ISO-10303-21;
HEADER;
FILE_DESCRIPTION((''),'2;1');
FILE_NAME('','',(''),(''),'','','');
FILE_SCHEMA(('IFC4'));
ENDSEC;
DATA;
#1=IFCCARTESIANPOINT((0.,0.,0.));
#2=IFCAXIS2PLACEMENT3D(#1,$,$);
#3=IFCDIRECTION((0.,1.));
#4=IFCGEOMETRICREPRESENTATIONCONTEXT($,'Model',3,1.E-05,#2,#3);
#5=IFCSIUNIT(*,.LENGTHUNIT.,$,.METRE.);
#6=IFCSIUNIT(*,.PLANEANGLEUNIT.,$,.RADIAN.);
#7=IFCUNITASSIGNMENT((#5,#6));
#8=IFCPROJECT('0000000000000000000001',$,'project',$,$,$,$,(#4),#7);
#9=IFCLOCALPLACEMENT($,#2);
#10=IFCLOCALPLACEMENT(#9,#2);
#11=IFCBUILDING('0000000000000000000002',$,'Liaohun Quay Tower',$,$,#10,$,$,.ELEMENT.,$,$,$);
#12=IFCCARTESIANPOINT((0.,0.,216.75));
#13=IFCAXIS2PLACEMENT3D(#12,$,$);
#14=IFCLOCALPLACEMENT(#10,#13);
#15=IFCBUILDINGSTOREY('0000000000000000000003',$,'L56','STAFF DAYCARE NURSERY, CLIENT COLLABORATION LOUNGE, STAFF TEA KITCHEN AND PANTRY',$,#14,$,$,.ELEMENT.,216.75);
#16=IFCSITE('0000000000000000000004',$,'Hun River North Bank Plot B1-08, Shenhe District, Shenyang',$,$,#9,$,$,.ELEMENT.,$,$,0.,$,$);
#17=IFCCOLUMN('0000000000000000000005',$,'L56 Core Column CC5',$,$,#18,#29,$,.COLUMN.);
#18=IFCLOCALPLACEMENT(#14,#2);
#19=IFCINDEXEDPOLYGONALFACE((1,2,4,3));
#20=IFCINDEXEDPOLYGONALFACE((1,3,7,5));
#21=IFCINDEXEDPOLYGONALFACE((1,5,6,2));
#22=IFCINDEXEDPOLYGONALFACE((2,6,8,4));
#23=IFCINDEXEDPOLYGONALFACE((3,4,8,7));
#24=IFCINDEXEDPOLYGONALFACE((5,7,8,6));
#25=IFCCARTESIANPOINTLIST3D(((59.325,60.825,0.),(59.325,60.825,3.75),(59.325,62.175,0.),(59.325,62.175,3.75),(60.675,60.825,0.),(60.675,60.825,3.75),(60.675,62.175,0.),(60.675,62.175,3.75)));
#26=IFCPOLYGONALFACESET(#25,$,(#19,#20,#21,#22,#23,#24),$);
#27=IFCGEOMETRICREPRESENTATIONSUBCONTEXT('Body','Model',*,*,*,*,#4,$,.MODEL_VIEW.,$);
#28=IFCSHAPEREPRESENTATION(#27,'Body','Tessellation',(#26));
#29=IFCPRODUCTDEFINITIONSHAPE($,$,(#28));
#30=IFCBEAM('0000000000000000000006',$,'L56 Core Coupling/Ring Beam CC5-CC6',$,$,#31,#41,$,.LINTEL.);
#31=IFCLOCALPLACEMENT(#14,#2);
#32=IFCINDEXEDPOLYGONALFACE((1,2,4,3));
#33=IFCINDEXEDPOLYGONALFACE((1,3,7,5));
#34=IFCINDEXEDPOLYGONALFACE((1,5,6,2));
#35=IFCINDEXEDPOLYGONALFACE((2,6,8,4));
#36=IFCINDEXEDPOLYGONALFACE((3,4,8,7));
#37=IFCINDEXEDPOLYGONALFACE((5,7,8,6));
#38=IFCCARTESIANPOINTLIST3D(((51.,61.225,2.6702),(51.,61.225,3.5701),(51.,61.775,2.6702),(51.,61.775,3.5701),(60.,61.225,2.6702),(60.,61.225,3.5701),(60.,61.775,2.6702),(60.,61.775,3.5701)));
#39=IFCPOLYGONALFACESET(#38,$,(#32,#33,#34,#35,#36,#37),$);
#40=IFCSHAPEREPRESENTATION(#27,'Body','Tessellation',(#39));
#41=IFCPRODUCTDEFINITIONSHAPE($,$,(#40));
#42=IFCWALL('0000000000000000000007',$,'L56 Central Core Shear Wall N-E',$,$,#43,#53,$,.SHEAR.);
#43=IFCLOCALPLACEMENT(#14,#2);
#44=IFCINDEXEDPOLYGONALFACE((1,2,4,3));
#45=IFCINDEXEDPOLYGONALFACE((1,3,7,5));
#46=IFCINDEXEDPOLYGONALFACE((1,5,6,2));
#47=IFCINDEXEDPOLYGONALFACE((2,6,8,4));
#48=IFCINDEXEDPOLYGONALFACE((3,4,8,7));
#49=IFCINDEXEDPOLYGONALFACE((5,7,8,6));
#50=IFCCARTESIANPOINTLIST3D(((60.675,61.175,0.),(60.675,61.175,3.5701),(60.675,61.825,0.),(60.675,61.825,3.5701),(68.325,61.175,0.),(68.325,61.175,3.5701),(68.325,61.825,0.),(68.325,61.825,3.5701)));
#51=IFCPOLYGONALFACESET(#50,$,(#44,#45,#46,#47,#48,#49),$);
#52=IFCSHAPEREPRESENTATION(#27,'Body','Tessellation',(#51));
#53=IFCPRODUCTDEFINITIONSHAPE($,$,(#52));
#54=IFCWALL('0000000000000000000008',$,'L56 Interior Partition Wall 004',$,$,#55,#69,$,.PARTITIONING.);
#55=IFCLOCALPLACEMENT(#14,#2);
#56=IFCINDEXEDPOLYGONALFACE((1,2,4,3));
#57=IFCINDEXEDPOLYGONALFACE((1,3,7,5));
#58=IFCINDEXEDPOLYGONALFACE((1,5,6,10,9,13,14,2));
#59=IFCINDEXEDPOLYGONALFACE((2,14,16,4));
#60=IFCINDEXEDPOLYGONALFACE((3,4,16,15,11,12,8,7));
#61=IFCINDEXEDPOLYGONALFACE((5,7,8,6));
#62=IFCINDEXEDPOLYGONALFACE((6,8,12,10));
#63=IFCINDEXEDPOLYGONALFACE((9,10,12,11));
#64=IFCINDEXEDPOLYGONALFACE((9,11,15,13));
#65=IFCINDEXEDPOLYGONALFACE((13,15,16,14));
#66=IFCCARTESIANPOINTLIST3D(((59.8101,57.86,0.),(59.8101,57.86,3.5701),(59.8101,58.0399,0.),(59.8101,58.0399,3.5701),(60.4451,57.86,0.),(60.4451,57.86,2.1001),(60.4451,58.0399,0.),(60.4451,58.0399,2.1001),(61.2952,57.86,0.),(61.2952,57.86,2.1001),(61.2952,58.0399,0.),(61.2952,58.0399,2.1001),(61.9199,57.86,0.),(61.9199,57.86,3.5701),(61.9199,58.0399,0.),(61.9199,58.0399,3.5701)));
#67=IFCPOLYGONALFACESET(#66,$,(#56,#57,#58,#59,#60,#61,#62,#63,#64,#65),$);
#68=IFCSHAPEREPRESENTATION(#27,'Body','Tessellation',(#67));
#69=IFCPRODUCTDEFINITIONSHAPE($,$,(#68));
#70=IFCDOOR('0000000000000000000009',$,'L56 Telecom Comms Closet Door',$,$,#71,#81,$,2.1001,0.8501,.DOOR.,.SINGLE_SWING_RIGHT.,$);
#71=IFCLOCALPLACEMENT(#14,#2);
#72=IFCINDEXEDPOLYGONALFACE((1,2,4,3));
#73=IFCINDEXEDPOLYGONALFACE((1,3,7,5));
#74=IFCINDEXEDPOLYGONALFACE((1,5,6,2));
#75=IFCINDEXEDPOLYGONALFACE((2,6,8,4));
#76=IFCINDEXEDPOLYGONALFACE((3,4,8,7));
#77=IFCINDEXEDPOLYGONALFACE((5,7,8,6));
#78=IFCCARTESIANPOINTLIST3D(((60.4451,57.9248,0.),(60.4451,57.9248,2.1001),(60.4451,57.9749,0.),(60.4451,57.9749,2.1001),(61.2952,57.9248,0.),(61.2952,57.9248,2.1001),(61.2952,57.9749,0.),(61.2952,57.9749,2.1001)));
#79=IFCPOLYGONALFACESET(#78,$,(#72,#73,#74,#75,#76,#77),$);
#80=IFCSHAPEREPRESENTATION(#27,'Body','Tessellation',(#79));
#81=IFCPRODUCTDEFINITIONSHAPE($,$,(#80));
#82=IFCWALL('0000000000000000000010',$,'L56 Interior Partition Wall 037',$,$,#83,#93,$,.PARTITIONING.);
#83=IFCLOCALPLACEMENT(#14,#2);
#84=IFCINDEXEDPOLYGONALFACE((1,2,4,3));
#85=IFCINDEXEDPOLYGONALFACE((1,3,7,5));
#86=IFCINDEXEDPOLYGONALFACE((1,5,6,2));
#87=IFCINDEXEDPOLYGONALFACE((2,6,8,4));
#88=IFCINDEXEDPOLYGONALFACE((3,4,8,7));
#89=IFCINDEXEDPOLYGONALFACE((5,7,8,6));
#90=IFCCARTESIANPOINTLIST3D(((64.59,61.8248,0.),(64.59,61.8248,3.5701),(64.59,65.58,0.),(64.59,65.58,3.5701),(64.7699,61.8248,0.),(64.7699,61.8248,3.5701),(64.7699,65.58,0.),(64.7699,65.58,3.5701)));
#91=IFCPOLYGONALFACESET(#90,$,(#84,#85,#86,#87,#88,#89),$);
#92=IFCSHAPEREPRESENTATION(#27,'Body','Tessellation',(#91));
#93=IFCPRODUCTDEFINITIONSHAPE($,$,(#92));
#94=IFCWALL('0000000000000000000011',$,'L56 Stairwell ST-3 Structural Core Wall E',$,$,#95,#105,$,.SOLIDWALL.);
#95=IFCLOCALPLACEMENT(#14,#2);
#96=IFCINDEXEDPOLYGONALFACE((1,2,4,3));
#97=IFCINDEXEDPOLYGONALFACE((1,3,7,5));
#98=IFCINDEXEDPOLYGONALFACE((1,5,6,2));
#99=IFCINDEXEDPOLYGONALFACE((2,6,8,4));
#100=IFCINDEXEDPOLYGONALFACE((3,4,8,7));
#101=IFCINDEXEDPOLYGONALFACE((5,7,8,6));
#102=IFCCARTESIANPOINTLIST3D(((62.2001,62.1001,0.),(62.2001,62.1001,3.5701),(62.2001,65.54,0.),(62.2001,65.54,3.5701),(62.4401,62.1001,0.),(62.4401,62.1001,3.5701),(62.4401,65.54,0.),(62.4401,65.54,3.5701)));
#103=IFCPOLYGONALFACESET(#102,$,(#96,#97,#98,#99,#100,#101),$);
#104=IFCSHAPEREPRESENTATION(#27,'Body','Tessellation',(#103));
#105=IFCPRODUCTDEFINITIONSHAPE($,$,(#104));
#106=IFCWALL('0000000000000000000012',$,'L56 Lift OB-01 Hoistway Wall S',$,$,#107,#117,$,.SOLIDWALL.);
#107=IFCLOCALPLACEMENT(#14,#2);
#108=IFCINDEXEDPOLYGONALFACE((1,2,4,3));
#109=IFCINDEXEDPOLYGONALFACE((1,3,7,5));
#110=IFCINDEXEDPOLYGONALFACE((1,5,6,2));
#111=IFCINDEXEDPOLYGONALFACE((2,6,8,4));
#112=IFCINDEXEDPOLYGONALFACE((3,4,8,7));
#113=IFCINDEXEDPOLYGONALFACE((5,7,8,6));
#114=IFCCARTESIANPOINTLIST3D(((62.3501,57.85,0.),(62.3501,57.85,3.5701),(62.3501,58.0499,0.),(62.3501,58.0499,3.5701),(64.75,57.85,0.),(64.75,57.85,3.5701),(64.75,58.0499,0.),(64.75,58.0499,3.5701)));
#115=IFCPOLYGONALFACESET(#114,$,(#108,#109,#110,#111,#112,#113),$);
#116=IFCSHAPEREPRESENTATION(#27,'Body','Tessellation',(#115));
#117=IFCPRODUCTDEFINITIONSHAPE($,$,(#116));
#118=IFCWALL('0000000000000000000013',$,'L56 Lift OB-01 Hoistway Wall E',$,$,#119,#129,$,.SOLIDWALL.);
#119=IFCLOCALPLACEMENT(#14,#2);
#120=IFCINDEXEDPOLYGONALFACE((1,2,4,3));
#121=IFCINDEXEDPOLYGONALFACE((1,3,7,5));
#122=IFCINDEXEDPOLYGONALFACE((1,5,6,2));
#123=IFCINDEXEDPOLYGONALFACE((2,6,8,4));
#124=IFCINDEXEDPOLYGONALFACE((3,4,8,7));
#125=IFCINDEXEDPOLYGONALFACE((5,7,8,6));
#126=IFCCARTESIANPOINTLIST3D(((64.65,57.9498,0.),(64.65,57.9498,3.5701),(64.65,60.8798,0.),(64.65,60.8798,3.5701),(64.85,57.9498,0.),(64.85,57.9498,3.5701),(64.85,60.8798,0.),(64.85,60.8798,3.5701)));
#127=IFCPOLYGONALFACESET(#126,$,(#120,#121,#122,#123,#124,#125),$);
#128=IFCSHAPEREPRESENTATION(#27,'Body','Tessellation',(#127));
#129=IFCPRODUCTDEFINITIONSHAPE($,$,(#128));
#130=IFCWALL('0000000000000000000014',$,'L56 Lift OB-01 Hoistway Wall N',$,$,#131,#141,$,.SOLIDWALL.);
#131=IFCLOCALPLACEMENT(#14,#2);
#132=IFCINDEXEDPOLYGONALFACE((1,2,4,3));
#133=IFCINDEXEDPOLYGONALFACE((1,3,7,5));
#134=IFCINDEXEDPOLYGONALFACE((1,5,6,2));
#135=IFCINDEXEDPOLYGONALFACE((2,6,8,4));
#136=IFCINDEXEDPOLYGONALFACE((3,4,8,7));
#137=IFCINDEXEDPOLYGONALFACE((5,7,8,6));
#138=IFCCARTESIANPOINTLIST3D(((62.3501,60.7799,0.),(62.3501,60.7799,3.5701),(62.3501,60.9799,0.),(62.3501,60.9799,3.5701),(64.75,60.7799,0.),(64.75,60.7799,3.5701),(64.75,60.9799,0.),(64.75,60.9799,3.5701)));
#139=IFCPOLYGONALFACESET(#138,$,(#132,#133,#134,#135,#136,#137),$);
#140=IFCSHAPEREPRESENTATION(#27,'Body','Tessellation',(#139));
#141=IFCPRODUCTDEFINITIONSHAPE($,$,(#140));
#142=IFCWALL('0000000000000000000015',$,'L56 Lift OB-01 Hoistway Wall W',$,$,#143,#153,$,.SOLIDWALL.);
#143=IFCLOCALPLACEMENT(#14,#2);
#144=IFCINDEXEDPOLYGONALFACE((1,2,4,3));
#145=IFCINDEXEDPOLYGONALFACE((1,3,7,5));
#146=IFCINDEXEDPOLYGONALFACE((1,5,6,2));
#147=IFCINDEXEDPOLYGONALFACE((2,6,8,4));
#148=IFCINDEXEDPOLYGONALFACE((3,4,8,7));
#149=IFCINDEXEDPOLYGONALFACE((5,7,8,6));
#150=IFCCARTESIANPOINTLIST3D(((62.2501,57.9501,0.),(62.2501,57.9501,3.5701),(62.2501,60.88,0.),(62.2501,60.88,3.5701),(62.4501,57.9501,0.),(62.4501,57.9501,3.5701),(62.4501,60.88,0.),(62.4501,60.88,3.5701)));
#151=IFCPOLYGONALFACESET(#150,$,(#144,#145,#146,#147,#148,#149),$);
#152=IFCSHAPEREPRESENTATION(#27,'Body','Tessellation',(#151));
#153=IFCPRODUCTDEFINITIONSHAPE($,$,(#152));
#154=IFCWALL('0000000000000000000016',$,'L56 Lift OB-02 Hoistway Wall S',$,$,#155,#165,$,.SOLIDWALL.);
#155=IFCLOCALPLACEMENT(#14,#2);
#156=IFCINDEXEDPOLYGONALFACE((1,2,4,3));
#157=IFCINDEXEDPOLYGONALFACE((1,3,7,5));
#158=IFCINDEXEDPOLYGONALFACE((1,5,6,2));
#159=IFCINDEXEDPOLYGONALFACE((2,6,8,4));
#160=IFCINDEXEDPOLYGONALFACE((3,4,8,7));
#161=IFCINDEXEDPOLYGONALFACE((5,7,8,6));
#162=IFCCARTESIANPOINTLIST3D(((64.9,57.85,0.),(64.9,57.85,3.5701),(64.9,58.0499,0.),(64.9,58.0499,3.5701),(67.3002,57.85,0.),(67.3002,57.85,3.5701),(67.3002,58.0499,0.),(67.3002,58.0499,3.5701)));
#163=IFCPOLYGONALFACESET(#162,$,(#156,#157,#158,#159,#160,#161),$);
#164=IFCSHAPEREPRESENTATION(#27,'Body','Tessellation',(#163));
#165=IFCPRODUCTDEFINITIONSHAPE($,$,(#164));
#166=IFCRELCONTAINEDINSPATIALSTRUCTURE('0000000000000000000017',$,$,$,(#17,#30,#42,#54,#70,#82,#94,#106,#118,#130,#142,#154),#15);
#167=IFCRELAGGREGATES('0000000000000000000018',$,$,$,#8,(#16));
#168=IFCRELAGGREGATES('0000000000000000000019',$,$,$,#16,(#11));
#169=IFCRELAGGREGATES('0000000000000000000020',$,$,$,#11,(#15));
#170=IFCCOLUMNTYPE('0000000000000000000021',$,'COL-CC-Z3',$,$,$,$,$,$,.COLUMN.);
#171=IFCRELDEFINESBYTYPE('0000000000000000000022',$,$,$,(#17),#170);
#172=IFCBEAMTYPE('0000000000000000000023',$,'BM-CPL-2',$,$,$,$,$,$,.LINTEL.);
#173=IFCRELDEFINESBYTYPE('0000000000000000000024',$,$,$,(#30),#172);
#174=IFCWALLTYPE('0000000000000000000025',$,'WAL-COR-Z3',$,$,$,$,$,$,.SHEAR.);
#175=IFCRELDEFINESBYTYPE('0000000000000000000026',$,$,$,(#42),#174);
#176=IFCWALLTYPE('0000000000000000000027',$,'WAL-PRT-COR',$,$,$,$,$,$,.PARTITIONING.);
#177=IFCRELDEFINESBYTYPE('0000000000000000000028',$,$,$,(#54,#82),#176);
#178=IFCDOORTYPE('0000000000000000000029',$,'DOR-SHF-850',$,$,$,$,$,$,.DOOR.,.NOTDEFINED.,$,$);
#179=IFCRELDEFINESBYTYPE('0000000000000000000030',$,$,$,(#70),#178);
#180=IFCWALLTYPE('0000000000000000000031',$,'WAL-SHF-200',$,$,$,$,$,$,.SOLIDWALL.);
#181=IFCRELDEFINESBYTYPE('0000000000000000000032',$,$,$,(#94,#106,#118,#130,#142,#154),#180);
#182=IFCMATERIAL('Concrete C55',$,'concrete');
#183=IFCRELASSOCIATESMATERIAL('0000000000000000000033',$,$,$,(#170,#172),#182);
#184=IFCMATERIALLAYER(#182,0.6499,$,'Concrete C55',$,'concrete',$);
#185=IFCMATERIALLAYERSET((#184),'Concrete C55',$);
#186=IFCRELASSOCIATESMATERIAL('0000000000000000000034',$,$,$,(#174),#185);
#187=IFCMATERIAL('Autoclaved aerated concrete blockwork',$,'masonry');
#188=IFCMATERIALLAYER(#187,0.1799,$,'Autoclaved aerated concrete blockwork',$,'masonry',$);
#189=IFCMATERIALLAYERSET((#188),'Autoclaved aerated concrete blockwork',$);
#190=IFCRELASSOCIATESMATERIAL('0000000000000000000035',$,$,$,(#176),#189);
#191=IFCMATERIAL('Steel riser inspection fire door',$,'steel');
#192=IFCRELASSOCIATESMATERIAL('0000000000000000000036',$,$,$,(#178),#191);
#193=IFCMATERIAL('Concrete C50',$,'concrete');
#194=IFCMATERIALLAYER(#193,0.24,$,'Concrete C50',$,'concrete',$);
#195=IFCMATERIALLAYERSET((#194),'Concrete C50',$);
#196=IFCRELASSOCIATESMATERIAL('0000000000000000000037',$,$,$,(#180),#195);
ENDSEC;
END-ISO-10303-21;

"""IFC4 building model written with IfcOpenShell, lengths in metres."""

from ifc_helpers import new_model, si_unit, direction, frame, frame_2d, origin, origin_2d, place, context, subcontext, project, spatial, rectangle, extrude, source, transform, mapped, material, layer, layer_set, material_profile, profile_set, type_object, element, fill, save


model = new_model("IFC4")

# Units and contexts
model_context = context("Model", 3, precision=1e-05, world=origin(), true_north=direction((0.0, 1.0)))
body_context = subcontext(model_context, "Body", "Model", "MODEL_VIEW")
ifc_project = project(units=[si_unit("LENGTHUNIT", "METRE"), si_unit("PLANEANGLEUNIT", "RADIAN")], contexts=[model_context])

# Site, building, storey
site_placement = place(None, origin())
site = spatial("IfcSite", under=ifc_project, at=site_placement, Name="Hun River North Bank Plot B1-08, Shenhe District, Shenyang", CompositionType="ELEMENT", RefElevation=0.0)
building_placement = place(site_placement, origin())
building = spatial("IfcBuilding", under=site, at=building_placement, Name="Liaohun Quay Tower", CompositionType="ELEMENT")
storey_placement = place(building_placement, frame((0.0, 0.0, 216.75)))
storey = spatial("IfcBuildingStorey", under=building, at=storey_placement, Name="L56", Description="STAFF DAYCARE NURSERY, CLIENT COLLABORATION LOUNGE, STAFF TEA KITCHEN AND PANTRY", CompositionType="ELEMENT", Elevation=216.75)

# Column
ifc_material_1 = material(Name="Concrete C55", Category="concrete")
ifc_material_profile_1 = material_profile(ifc_material_1, rectangle(XDim=1.3501, YDim=1.3501, at=origin_2d()), Name="RC1350x1350")
ifc_profile_set_1 = profile_set([ifc_material_profile_1], Name="Concrete C55")
column_type = type_object("IfcColumnType", Name="COL-CC-Z3", PredefinedType="COLUMN", material=ifc_profile_set_1)
shared_shape_1 = source(origin(), body_context, "Body", "SweptSolid", [
    extrude(rectangle(XDim=1.3501, YDim=1.3501, at=origin_2d()), origin(), (0.0, 0.0, 1.0), 3.75),
])
column_placement = place(storey_placement, frame((60.0, 61.5, 0.0), z_axis=(0.0, 0.0, 1.0), x_axis=(1.0, 0.0, 0.0)))
element("IfcColumn", 1, at=column_placement, inside=storey, type_object=column_type, Name="L56 Core Column CC5", PredefinedType="COLUMN", context=body_context, shape_type="MappedRepresentation", body=[
    mapped(shared_shape_1, transform((0.0, 0.0, 0.0), x_axis=(1.0, 0.0, 0.0), y_axis=(0.0, 1.0, 0.0), z_axis=(0.0, 0.0, 1.0), scale=1.0)),
])

# Beam
ifc_material_profile_2 = material_profile(ifc_material_1, rectangle(XDim=0.55, YDim=0.8999, at=origin_2d()), Name="RC550x900")
ifc_profile_set_2 = profile_set([ifc_material_profile_2], Name="Concrete C55")
beam_type = type_object("IfcBeamType", Name="BM-CPL-2", PredefinedType="LINTEL", material=ifc_profile_set_2)
shared_shape_2 = source(origin(), body_context, "Body", "SweptSolid", [
    extrude(rectangle(XDim=0.55, YDim=0.8999, at=origin_2d()), origin(), (0.0, 0.0, 1.0), 9.0),
])
beam_placement = place(storey_placement, frame((60.0, 61.5, 3.1201), z_axis=(-1.0, 0.0, 0.0), x_axis=(0.0, -1.0, 0.0)))
element("IfcBeam", 2, at=beam_placement, inside=storey, type_object=beam_type, Name="L56 Core Coupling/Ring Beam CC5-CC6", PredefinedType="LINTEL", context=body_context, shape_type="MappedRepresentation", body=[
    mapped(shared_shape_2, transform((0.0, 0.0, 0.0), x_axis=(1.0, 0.0, 0.0), y_axis=(0.0, 1.0, 0.0), z_axis=(0.0, 0.0, 1.0), scale=1.0)),
])

# Wall
ifc_layer_1 = layer(ifc_material_1, 0.6499, Name="Concrete C55", Category="concrete")
ifc_layer_set_1 = layer_set([ifc_layer_1], Name="Concrete C55")
wall_type_1 = type_object("IfcWallType", Name="WAL-COR-Z3", PredefinedType="SHEAR", material=ifc_layer_set_1)
wall_1_placement = place(storey_placement, frame((60.675, 61.5, 0.0), z_axis=(0.0, 0.0, 1.0), x_axis=(1.0, 0.0, 0.0)))
element("IfcWall", 3, at=wall_1_placement, inside=storey, type_object=wall_type_1, Name="L56 Central Core Shear Wall N-E", PredefinedType="SHEAR", context=body_context, shape_type="SweptSolid", body=[
    extrude(rectangle(XDim=7.6499, YDim=0.6499, at=frame_2d((3.825, 0.0))), origin(), (0.0, 0.0, 1.0), 3.5701),
])

# Wall, opening, door
ifc_material_2 = material(Name="Autoclaved aerated concrete blockwork", Category="masonry")
ifc_layer_2 = layer(ifc_material_2, 0.1799, Name="Autoclaved aerated concrete blockwork", Category="masonry")
ifc_layer_set_2 = layer_set([ifc_layer_2], Name="Autoclaved aerated concrete blockwork")
wall_type_2 = type_object("IfcWallType", Name="WAL-PRT-COR", PredefinedType="PARTITIONING", material=ifc_layer_set_2)
wall_2_placement = place(storey_placement, frame((59.8101, 57.95, 0.0), z_axis=(0.0, 0.0, 1.0), x_axis=(1.0, 0.0, 0.0)))
wall_2 = element("IfcWall", 4, at=wall_2_placement, inside=storey, type_object=wall_type_2, Name="L56 Interior Partition Wall 004", PredefinedType="PARTITIONING", context=body_context, shape_type="SweptSolid", body=[
    extrude(rectangle(XDim=2.1099, YDim=0.1799, at=frame_2d((1.0549, 0.0))), origin(), (0.0, 0.0, 1.0), 3.5701),
])
shared_shape_3 = source(origin(), body_context, "Body", "SweptSolid", [
    extrude(rectangle(XDim=0.8501, YDim=2.1001, at=frame_2d((0.425, 1.05))), frame((0.0, 0.0999, 0.0), z_axis=(0.0, -1.0, 0.0), x_axis=(1.0, 0.0, 0.0)), (0.0, 0.0, 1.0), 0.2),
])
opening_placement = place(wall_2_placement, frame((0.635, 0.0, 0.0)))
opening = element("IfcOpeningElement", 5, at=opening_placement, cuts=wall_2, PredefinedType="OPENING", context=body_context, shape_type="MappedRepresentation", body=[
    mapped(shared_shape_3, transform((0.0, 0.0, 0.0), x_axis=(1.0, 0.0, 0.0), y_axis=(0.0, 1.0, 0.0), z_axis=(0.0, 0.0, 1.0), scale=1.0)),
])
ifc_material_3 = material(Name="Steel riser inspection fire door", Category="steel")
door_type = type_object("IfcDoorType", Name="DOR-SHF-850", OperationType="NOTDEFINED", PredefinedType="DOOR", material=ifc_material_3)
shared_shape_4 = source(origin(), body_context, "Body", "SweptSolid", [
    extrude(rectangle(XDim=0.8501, YDim=2.1001, at=frame_2d((0.425, 1.05))), frame((0.0, 0.0249, 0.0), z_axis=(0.0, -1.0, 0.0), x_axis=(1.0, 0.0, 0.0)), (0.0, 0.0, 1.0), 0.05),
])
door_placement = place(opening_placement, origin())
door = element("IfcDoor", 6, at=door_placement, inside=storey, type_object=door_type, Name="L56 Telecom Comms Closet Door", OperationType="SINGLE_SWING_RIGHT", OverallHeight=2.1001, OverallWidth=0.8501, PredefinedType="DOOR", context=body_context, shape_type="MappedRepresentation", body=[
    mapped(shared_shape_4, transform((0.0, 0.0, 0.0), x_axis=(1.0, 0.0, 0.0), y_axis=(0.0, 1.0, 0.0), z_axis=(0.0, 0.0, 1.0), scale=1.0)),
])
fill(opening, door)

# Walls
wall_3_placement = place(storey_placement, frame((64.6799, 61.825, 0.0), z_axis=(0.0, 0.0, 1.0), x_axis=(0.0, 1.0, 0.0)))
element("IfcWall", 7, at=wall_3_placement, inside=storey, type_object=wall_type_2, Name="L56 Interior Partition Wall 037", PredefinedType="PARTITIONING", context=body_context, shape_type="SweptSolid", body=[
    extrude(rectangle(XDim=3.7551, YDim=0.1799, at=frame_2d((1.8774, 0.0))), origin(), (0.0, 0.0, 1.0), 3.5701),
])
ifc_material_4 = material(Name="Concrete C50", Category="concrete")
ifc_layer_3 = layer(ifc_material_4, 0.24, Name="Concrete C50", Category="concrete")
ifc_layer_set_3 = layer_set([ifc_layer_3], Name="Concrete C50")
wall_type_3 = type_object("IfcWallType", Name="WAL-SHF-200", PredefinedType="SOLIDWALL", material=ifc_layer_set_3)
wall_4_placement = place(storey_placement, frame((62.3201, 62.1001, 0.0), z_axis=(0.0, 0.0, 1.0), x_axis=(0.0, 1.0, 0.0)))
element("IfcWall", 8, at=wall_4_placement, inside=storey, type_object=wall_type_3, Name="L56 Stairwell ST-3 Structural Core Wall E", PredefinedType="SOLIDWALL", context=body_context, shape_type="SweptSolid", body=[
    extrude(rectangle(XDim=3.4399, YDim=0.24, at=frame_2d((1.72, 0.0))), origin(), (0.0, 0.0, 1.0), 3.5701),
])
wall_5_placement = place(storey_placement, frame((62.3501, 57.95, 0.0), z_axis=(0.0, 0.0, 1.0), x_axis=(1.0, 0.0, 0.0)))
element("IfcWall", 9, at=wall_5_placement, inside=storey, type_object=wall_type_3, Name="L56 Lift OB-01 Hoistway Wall S", PredefinedType="SOLIDWALL", context=body_context, shape_type="SweptSolid", body=[
    extrude(rectangle(XDim=2.3999, YDim=0.2, at=frame_2d((1.2, 0.0))), origin(), (0.0, 0.0, 1.0), 3.5701),
])
wall_6_placement = place(storey_placement, frame((64.75, 57.95, 0.0), z_axis=(0.0, 0.0, 1.0), x_axis=(0.0, 1.0, 0.0)))
element("IfcWall", 10, at=wall_6_placement, inside=storey, type_object=wall_type_3, Name="L56 Lift OB-01 Hoistway Wall E", PredefinedType="SOLIDWALL", context=body_context, shape_type="SweptSolid", body=[
    extrude(rectangle(XDim=2.9299, YDim=0.2, at=frame_2d((1.4648, 0.0))), origin(), (0.0, 0.0, 1.0), 3.5701),
])
wall_7_placement = place(storey_placement, frame((64.75, 60.8799, 0.0), z_axis=(0.0, 0.0, 1.0), x_axis=(-1.0, 0.0, 0.0)))
element("IfcWall", 11, at=wall_7_placement, inside=storey, type_object=wall_type_3, Name="L56 Lift OB-01 Hoistway Wall N", PredefinedType="SOLIDWALL", context=body_context, shape_type="SweptSolid", body=[
    extrude(rectangle(XDim=2.3999, YDim=0.2, at=frame_2d((1.2, 0.0))), origin(), (0.0, 0.0, 1.0), 3.5701),
])
wall_8_placement = place(storey_placement, frame((62.3501, 60.8799, 0.0), z_axis=(0.0, 0.0, 1.0), x_axis=(0.0, -1.0, 0.0)))
element("IfcWall", 12, at=wall_8_placement, inside=storey, type_object=wall_type_3, Name="L56 Lift OB-01 Hoistway Wall W", PredefinedType="SOLIDWALL", context=body_context, shape_type="SweptSolid", body=[
    extrude(rectangle(XDim=2.9299, YDim=0.2, at=frame_2d((1.4648, 0.0))), origin(), (0.0, 0.0, 1.0), 3.5701),
])
wall_9_placement = place(storey_placement, frame((64.8999, 57.95, 0.0), z_axis=(0.0, 0.0, 1.0), x_axis=(1.0, 0.0, 0.0)))
element("IfcWall", 13, at=wall_9_placement, inside=storey, type_object=wall_type_3, Name="L56 Lift OB-02 Hoistway Wall S", PredefinedType="SOLIDWALL", context=body_context, shape_type="SweptSolid", body=[
    extrude(rectangle(XDim=2.4001, YDim=0.2, at=frame_2d((1.2002, 0.0))), origin(), (0.0, 0.0, 1.0), 3.5701),
])

save(model, "model.ifc")
